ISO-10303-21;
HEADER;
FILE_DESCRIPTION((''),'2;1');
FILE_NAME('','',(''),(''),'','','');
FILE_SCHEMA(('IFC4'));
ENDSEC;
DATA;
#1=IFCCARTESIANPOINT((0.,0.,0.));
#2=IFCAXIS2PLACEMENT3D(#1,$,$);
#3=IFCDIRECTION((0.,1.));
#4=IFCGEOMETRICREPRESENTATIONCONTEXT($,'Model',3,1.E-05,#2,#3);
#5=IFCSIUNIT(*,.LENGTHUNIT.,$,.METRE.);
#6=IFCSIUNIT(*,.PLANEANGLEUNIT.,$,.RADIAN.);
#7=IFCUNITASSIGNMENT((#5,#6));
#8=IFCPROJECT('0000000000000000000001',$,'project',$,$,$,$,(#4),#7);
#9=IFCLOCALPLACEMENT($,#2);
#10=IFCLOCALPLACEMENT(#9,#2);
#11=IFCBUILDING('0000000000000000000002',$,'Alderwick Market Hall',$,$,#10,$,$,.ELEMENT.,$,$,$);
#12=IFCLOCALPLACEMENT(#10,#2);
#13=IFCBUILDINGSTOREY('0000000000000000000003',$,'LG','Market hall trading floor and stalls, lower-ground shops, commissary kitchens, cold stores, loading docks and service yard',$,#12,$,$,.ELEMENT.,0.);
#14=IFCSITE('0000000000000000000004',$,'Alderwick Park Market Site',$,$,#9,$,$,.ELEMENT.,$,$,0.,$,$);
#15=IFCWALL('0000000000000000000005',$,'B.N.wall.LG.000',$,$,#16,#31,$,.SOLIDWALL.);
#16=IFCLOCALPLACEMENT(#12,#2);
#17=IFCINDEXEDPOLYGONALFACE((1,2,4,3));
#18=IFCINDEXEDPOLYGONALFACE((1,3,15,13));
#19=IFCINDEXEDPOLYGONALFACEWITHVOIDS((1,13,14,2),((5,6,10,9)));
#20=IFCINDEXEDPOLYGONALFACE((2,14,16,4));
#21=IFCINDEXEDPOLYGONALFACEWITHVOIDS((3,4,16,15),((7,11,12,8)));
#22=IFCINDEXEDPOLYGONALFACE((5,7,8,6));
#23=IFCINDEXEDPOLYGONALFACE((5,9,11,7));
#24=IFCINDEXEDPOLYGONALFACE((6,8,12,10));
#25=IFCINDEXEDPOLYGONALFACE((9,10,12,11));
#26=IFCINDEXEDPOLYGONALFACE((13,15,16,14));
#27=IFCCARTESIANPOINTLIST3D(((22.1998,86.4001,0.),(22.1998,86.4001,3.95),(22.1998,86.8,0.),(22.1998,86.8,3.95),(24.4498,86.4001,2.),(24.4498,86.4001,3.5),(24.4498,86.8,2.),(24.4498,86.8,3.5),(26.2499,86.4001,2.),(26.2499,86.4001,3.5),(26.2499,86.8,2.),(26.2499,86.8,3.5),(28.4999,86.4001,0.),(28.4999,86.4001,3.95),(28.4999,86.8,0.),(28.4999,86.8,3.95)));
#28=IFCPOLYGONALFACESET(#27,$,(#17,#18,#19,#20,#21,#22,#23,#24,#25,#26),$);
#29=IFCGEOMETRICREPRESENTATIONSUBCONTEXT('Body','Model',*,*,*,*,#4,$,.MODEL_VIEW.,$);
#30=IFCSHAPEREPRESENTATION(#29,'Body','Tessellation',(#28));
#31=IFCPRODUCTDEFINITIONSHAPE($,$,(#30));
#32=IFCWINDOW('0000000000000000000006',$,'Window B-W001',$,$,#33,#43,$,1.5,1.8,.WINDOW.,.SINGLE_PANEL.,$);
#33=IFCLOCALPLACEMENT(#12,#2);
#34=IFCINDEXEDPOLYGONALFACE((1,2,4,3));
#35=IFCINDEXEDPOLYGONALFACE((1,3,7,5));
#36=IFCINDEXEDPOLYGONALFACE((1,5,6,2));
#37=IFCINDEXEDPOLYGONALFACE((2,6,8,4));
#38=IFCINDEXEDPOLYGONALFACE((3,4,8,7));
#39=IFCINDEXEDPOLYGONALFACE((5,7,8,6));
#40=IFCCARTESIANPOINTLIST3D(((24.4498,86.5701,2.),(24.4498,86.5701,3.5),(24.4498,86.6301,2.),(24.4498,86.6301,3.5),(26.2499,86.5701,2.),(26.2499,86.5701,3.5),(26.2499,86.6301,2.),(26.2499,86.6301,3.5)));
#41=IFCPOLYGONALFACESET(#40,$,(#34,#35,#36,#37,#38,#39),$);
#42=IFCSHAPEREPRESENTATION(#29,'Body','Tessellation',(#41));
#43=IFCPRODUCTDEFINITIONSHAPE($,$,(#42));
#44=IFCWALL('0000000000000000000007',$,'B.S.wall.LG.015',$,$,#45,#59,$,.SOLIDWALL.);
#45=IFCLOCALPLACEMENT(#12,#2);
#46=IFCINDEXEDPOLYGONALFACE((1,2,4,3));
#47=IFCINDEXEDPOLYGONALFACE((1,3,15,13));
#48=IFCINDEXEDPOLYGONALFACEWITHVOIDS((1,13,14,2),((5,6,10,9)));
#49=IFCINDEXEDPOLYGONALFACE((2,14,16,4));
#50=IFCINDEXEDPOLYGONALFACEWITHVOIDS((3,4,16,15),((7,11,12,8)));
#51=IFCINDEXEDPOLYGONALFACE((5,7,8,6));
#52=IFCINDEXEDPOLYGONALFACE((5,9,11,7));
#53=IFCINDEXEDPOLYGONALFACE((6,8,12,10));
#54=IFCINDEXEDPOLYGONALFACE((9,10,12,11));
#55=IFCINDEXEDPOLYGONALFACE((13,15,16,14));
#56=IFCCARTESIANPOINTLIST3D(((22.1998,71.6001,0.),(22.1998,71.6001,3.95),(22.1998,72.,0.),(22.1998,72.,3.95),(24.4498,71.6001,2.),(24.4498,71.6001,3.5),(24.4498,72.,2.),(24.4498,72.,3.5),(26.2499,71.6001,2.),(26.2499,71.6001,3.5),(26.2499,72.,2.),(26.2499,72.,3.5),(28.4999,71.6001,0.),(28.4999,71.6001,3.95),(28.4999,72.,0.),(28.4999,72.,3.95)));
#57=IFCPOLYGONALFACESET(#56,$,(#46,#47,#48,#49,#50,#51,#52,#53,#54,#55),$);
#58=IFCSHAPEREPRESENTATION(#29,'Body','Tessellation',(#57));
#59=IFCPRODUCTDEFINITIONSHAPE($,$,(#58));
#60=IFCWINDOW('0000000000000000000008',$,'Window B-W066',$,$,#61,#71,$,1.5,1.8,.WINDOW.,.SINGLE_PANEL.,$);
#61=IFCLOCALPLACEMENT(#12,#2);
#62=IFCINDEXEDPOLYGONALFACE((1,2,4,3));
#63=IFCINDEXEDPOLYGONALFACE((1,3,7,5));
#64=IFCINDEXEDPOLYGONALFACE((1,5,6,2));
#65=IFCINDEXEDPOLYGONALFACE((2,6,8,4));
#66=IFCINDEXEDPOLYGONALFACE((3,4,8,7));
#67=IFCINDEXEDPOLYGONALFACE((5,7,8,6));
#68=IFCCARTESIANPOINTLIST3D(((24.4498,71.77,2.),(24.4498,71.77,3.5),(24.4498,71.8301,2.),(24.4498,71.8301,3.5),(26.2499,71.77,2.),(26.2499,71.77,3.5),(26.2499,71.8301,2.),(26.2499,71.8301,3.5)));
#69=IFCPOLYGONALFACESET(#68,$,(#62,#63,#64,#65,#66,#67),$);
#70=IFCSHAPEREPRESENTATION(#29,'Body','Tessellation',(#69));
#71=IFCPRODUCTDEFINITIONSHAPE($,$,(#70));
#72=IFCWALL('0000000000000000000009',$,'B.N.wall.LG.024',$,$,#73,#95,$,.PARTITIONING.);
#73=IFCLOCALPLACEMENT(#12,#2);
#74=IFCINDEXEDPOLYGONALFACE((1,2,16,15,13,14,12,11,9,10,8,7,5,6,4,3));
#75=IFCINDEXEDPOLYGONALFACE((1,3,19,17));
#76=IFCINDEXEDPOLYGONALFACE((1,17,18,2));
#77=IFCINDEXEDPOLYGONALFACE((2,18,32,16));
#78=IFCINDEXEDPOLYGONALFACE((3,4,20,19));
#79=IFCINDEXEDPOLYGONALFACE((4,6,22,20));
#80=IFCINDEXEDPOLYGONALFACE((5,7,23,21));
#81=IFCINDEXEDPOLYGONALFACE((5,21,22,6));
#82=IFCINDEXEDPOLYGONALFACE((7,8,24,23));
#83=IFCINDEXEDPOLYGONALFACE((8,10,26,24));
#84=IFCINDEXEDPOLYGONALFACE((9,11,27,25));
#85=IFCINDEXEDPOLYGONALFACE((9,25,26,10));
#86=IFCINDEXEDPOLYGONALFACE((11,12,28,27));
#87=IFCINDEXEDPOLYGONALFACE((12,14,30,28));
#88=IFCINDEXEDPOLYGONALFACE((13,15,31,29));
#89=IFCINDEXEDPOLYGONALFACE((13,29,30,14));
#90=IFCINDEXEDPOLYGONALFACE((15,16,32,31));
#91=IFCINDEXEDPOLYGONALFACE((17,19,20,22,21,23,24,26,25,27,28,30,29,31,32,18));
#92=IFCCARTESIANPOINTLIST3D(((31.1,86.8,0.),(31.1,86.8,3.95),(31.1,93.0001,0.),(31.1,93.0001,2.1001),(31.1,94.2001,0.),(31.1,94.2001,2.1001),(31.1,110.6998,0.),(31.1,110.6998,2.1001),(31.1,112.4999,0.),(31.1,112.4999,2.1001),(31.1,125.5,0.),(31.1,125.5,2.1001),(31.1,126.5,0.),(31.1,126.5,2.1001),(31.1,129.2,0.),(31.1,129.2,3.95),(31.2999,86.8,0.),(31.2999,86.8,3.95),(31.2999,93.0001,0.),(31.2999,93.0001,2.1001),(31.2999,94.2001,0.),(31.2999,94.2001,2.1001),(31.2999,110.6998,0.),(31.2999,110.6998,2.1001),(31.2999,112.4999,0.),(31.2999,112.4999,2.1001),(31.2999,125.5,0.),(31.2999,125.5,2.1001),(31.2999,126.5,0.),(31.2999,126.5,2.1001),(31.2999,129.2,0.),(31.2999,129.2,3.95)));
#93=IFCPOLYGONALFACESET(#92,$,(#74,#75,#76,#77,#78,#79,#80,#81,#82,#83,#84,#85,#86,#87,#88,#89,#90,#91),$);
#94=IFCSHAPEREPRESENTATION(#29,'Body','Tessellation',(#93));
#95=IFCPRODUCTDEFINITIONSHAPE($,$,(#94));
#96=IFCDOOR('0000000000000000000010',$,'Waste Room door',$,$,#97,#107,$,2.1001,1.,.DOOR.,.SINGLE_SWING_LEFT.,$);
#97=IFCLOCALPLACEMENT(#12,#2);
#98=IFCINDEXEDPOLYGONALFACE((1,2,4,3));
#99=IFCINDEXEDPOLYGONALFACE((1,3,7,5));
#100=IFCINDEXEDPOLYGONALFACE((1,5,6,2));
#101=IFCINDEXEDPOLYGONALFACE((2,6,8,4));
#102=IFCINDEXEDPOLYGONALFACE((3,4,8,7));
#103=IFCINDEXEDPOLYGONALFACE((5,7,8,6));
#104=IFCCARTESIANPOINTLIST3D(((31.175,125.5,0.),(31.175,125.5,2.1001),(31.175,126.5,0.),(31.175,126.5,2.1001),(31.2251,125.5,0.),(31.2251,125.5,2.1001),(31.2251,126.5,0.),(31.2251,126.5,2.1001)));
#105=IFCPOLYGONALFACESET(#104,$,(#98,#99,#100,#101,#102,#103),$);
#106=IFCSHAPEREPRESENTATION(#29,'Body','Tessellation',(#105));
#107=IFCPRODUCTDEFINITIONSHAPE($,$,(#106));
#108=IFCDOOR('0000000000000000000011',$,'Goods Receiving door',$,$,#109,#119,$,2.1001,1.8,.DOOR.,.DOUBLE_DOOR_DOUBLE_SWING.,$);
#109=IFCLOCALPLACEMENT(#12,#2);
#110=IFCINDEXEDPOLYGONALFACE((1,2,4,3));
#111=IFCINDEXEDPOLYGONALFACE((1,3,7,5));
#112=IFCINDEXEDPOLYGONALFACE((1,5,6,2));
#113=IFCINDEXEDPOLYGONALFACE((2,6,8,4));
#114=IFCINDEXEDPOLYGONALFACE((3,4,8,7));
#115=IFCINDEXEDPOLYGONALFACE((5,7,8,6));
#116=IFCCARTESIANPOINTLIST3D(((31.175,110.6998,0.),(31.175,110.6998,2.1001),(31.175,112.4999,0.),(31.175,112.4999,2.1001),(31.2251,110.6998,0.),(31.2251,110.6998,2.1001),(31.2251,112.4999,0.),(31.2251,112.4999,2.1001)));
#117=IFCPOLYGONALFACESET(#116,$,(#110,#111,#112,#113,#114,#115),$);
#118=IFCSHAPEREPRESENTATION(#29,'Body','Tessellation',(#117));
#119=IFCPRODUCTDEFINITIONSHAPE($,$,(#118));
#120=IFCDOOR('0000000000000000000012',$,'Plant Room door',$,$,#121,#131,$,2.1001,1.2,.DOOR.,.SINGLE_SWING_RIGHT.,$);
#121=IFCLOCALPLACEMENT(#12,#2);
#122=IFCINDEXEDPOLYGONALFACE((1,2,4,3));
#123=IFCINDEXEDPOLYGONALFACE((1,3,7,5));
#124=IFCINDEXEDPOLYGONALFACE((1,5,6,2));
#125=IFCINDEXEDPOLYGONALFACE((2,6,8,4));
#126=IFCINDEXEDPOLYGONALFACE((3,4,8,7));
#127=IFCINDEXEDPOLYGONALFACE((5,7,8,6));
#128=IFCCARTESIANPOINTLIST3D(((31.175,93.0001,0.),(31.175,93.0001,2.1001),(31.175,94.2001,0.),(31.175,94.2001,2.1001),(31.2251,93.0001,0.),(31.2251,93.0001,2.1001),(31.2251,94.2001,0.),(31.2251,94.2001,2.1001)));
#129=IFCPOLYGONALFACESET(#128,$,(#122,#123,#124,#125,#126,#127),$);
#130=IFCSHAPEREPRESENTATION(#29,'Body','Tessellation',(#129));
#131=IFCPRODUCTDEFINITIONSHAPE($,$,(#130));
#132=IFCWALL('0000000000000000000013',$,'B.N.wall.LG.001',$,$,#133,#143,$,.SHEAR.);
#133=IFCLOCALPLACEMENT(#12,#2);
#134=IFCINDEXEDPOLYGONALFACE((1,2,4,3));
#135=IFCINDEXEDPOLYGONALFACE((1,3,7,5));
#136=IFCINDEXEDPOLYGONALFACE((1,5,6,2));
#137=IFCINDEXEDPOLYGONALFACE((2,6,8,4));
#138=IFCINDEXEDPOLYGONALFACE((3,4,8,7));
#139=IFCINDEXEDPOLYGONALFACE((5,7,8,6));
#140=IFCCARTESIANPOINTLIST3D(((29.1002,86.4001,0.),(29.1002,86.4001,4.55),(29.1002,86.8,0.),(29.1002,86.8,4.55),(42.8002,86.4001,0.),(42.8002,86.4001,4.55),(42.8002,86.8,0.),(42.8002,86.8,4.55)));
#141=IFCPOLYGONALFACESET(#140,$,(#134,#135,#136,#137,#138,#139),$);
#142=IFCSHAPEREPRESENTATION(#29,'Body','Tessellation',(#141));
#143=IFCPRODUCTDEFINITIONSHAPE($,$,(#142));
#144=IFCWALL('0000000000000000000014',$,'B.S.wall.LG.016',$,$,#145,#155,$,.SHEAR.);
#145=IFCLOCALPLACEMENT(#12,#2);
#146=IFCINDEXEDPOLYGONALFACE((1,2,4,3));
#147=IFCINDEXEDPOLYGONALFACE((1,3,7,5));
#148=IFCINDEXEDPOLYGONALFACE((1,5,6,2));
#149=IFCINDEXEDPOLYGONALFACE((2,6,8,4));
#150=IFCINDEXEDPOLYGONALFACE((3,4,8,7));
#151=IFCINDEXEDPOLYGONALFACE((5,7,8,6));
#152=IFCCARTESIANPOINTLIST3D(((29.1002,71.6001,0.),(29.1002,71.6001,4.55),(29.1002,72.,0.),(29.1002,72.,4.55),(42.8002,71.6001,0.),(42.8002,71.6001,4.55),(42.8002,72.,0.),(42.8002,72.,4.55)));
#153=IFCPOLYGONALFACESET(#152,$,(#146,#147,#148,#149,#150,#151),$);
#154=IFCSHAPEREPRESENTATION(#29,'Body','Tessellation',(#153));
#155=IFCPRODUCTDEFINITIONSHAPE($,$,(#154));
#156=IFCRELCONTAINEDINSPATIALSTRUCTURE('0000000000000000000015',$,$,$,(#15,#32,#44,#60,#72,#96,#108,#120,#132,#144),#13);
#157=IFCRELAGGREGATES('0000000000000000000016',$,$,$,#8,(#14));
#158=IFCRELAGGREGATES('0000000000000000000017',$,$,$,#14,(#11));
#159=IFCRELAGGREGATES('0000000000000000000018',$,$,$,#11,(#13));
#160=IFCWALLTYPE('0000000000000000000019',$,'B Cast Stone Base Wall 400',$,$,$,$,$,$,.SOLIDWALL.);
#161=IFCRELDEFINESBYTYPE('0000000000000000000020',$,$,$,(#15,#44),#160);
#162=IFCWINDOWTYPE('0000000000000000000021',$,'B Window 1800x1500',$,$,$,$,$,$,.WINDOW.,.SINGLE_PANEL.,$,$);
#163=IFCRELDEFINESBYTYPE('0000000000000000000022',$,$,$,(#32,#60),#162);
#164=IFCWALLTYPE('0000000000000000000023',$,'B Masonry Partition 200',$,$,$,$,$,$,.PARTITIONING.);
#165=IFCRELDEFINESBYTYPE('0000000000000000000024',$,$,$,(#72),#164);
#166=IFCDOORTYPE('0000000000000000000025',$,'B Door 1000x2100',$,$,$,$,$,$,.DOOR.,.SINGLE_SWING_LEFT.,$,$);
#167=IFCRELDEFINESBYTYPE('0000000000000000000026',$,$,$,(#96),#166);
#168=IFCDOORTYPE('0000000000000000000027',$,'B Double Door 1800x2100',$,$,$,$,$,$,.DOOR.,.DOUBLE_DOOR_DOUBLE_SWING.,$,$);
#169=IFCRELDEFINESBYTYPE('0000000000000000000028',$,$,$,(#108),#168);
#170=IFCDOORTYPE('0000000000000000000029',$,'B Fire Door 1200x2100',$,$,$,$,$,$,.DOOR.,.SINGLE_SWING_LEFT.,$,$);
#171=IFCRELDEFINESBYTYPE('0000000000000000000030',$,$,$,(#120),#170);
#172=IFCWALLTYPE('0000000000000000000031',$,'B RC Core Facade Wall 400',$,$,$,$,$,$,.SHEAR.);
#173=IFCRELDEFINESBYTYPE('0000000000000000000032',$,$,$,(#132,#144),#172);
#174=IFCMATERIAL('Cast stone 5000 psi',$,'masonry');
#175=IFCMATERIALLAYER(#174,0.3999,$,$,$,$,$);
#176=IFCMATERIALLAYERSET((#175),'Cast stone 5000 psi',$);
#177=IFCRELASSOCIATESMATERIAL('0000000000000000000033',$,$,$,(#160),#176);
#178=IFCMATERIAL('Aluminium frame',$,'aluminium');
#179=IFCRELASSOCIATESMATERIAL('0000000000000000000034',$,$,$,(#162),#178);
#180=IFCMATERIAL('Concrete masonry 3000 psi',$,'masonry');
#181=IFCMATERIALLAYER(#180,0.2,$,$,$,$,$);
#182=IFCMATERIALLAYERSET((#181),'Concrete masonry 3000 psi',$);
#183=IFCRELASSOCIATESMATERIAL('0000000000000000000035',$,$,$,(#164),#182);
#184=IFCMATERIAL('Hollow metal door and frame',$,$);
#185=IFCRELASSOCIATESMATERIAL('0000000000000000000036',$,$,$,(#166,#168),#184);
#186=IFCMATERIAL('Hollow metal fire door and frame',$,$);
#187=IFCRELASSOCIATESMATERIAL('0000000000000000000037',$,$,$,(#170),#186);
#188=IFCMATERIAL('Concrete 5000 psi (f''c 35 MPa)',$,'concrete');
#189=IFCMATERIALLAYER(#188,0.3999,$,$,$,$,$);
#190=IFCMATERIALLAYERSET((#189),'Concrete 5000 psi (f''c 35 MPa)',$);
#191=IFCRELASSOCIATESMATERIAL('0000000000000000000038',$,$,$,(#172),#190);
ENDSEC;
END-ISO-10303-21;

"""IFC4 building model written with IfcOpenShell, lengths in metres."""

from ifc_helpers import new_model, si_unit, direction, frame, frame_2d, origin, place, context, subcontext, project, spatial, rectangle, extrude, material, layer, layer_set, type_object, element, fill, save


model = new_model("IFC4")

# Units and contexts
model_context = context("Model", 3, precision=1e-05, world=origin(), true_north=direction((0.0, 1.0)))
body_context = subcontext(model_context, "Body", "Model", "MODEL_VIEW")
ifc_project = project(units=[si_unit("LENGTHUNIT", "METRE"), si_unit("PLANEANGLEUNIT", "RADIAN")], contexts=[model_context])

# Site, building, storey
site_placement = place(None, origin())
site = spatial("IfcSite", under=ifc_project, at=site_placement, Name="Alderwick Park Market Site", CompositionType="ELEMENT", RefElevation=0.0)
building_placement = place(site_placement, origin())
building = spatial("IfcBuilding", under=site, at=building_placement, Name="Alderwick Market Hall", CompositionType="ELEMENT")
storey_placement = place(building_placement, origin())
storey = spatial("IfcBuildingStorey", under=building, at=storey_placement, Name="LG", Description="Market hall trading floor and stalls, lower-ground shops, commissary kitchens, cold stores, loading docks and service yard", CompositionType="ELEMENT", Elevation=0.0)

# Shared definitions
ifc_material_1 = material(Name="Concrete 5000 psi (f'c 35 MPa)", Category="concrete")

# Shared definitions
ifc_material_2 = material(Name="Cast stone 5000 psi", Category="masonry")

# Walls, openings, windows
ifc_layer_1 = layer(ifc_material_2, 0.3999)
ifc_layer_set_1 = layer_set([ifc_layer_1], Name="Cast stone 5000 psi")
wall_type_1 = type_object("IfcWallType", Name="B Cast Stone Base Wall 400", PredefinedType="SOLIDWALL", material=ifc_layer_set_1)
wall_1_placement = place(storey_placement, frame((22.2, 86.6001, 0.0), z_axis=(0.0, 0.0, 1.0), x_axis=(1.0, 0.0, 0.0)))
wall_1 = element("IfcWall", 1, at=wall_1_placement, inside=storey, type_object=wall_type_1, Name="B.N.wall.LG.000", PredefinedType="SOLIDWALL", context=body_context, shape_type="SweptSolid", body=[
    extrude(rectangle(XDim=6.3, YDim=0.3999, at=frame_2d((3.1499, 0.0))), origin(), (0.0, 0.0, 1.0), 3.95),
])
opening_1_placement = place(wall_1_placement, frame((2.25, 0.0, 2.0)))
opening_1 = element("IfcOpeningElement", 2, at=opening_1_placement, cuts=wall_1, PredefinedType="OPENING", context=body_context, shape_type="SweptSolid", body=[
    extrude(rectangle(XDim=1.8, YDim=1.5, at=frame_2d((0.8999, 0.75))), frame((0.0, 0.21, 0.0), z_axis=(0.0, -1.0, 0.0), x_axis=(1.0, 0.0, 0.0)), (0.0, 0.0, 1.0), 0.4199),
])
ifc_material_3 = material(Name="Aluminium frame", Category="aluminium")
window_type = type_object("IfcWindowType", Name="B Window 1800x1500", PartitioningType="SINGLE_PANEL", PredefinedType="WINDOW", material=ifc_material_3)
window_1_placement = place(opening_1_placement, origin())
window_1 = element("IfcWindow", 3, at=window_1_placement, inside=storey, type_object=window_type, Name="Window B-W001", OverallHeight=1.5, OverallWidth=1.8, PartitioningType="SINGLE_PANEL", PredefinedType="WINDOW", context=body_context, shape_type="SweptSolid", body=[
    extrude(rectangle(XDim=1.8, YDim=1.5, at=frame_2d((0.8999, 0.75))), frame((0.0, 0.03, 0.0), z_axis=(0.0, -1.0, 0.0), x_axis=(1.0, 0.0, 0.0)), (0.0, 0.0, 1.0), 0.0601),
])
fill(opening_1, window_1)
wall_2_placement = place(storey_placement, frame((22.2, 71.8, 0.0), z_axis=(0.0, 0.0, 1.0), x_axis=(1.0, 0.0, 0.0)))
wall_2 = element("IfcWall", 4, at=wall_2_placement, inside=storey, type_object=wall_type_1, Name="B.S.wall.LG.015", PredefinedType="SOLIDWALL", context=body_context, shape_type="SweptSolid", body=[
    extrude(rectangle(XDim=6.3, YDim=0.3999, at=frame_2d((3.1499, 0.0))), origin(), (0.0, 0.0, 1.0), 3.95),
])
opening_2_placement = place(wall_2_placement, frame((2.25, 0.0, 2.0)))
opening_2 = element("IfcOpeningElement", 5, at=opening_2_placement, cuts=wall_2, PredefinedType="OPENING", context=body_context, shape_type="SweptSolid", body=[
    extrude(rectangle(XDim=1.8, YDim=1.5, at=frame_2d((0.8999, 0.75))), frame((0.0, 0.21, 0.0), z_axis=(0.0, -1.0, 0.0), x_axis=(1.0, 0.0, 0.0)), (0.0, 0.0, 1.0), 0.4199),
])
window_2_placement = place(opening_2_placement, origin())
window_2 = element("IfcWindow", 6, at=window_2_placement, inside=storey, type_object=window_type, Name="Window B-W066", OverallHeight=1.5, OverallWidth=1.8, PartitioningType="SINGLE_PANEL", PredefinedType="WINDOW", context=body_context, shape_type="SweptSolid", body=[
    extrude(rectangle(XDim=1.8, YDim=1.5, at=frame_2d((0.8999, 0.75))), frame((0.0, 0.03, 0.0), z_axis=(0.0, -1.0, 0.0), x_axis=(1.0, 0.0, 0.0)), (0.0, 0.0, 1.0), 0.0601),
])
fill(opening_2, window_2)

# Wall, openings, doors
ifc_material_4 = material(Name="Concrete masonry 3000 psi", Category="masonry")
ifc_layer_2 = layer(ifc_material_4, 0.2)
ifc_layer_set_2 = layer_set([ifc_layer_2], Name="Concrete masonry 3000 psi")
wall_type_2 = type_object("IfcWallType", Name="B Masonry Partition 200", PredefinedType="PARTITIONING", material=ifc_layer_set_2)
wall_3_placement = place(storey_placement, frame((31.2, 86.8, 0.0), z_axis=(0.0, 0.0, 1.0), x_axis=(0.0, 1.0, 0.0)))
wall_3 = element("IfcWall", 7, at=wall_3_placement, inside=storey, type_object=wall_type_2, Name="B.N.wall.LG.024", PredefinedType="PARTITIONING", context=body_context, shape_type="SweptSolid", body=[
    extrude(rectangle(XDim=42.3999, YDim=0.2, at=frame_2d((21.2, 0.0))), origin(), (0.0, 0.0, 1.0), 3.95),
])
opening_3_placement = place(wall_3_placement, frame((38.7, 0.0, 0.0)))
opening_3 = element("IfcOpeningElement", 8, at=opening_3_placement, cuts=wall_3, PredefinedType="OPENING", context=body_context, shape_type="SweptSolid", body=[
    extrude(rectangle(XDim=1.0, YDim=2.1001, at=frame_2d((0.5, 1.05))), frame((0.0, 0.1099, 0.0), z_axis=(0.0, -1.0, 0.0), x_axis=(1.0, 0.0, 0.0)), (0.0, 0.0, 1.0), 0.22),
])
opening_4_placement = place(wall_3_placement, frame((23.8999, 0.0, 0.0)))
opening_4 = element("IfcOpeningElement", 9, at=opening_4_placement, cuts=wall_3, PredefinedType="OPENING", context=body_context, shape_type="SweptSolid", body=[
    extrude(rectangle(XDim=1.8, YDim=2.1001, at=frame_2d((0.8999, 1.05))), frame((0.0, 0.1099, 0.0), z_axis=(0.0, -1.0, 0.0), x_axis=(1.0, 0.0, 0.0)), (0.0, 0.0, 1.0), 0.22),
])
opening_5_placement = place(wall_3_placement, frame((6.2, 0.0, 0.0)))
opening_5 = element("IfcOpeningElement", 10, at=opening_5_placement, cuts=wall_3, PredefinedType="OPENING", context=body_context, shape_type="SweptSolid", body=[
    extrude(rectangle(XDim=1.2, YDim=2.1001, at=frame_2d((0.6001, 1.05))), frame((0.0, 0.1099, 0.0), z_axis=(0.0, -1.0, 0.0), x_axis=(1.0, 0.0, 0.0)), (0.0, 0.0, 1.0), 0.22),
])
ifc_material_5 = material(Name="Hollow metal door and frame")
door_type_1 = type_object("IfcDoorType", Name="B Door 1000x2100", OperationType="SINGLE_SWING_LEFT", PredefinedType="DOOR", material=ifc_material_5)
door_1_placement = place(opening_3_placement, origin())
door_1 = element("IfcDoor", 11, at=door_1_placement, inside=storey, type_object=door_type_1, Name="Waste Room door", OperationType="SINGLE_SWING_LEFT", OverallHeight=2.1001, OverallWidth=1.0, PredefinedType="DOOR", context=body_context, shape_type="SweptSolid", body=[
    extrude(rectangle(XDim=1.0, YDim=2.1001, at=frame_2d((0.5, 1.05))), frame((0.0, 0.0249, 0.0), z_axis=(0.0, -1.0, 0.0), x_axis=(1.0, 0.0, 0.0)), (0.0, 0.0, 1.0), 0.05),
])
fill(opening_3, door_1)
door_type_2 = type_object("IfcDoorType", Name="B Double Door 1800x2100", OperationType="DOUBLE_DOOR_DOUBLE_SWING", PredefinedType="DOOR", material=ifc_material_5)
door_2_placement = place(opening_4_placement, origin())
door_2 = element("IfcDoor", 12, at=door_2_placement, inside=storey, type_object=door_type_2, Name="Goods Receiving door", OperationType="DOUBLE_DOOR_DOUBLE_SWING", OverallHeight=2.1001, OverallWidth=1.8, PredefinedType="DOOR", context=body_context, shape_type="SweptSolid", body=[
    extrude(rectangle(XDim=1.8, YDim=2.1001, at=frame_2d((0.8999, 1.05))), frame((0.0, 0.0249, 0.0), z_axis=(0.0, -1.0, 0.0), x_axis=(1.0, 0.0, 0.0)), (0.0, 0.0, 1.0), 0.05),
])
fill(opening_4, door_2)
ifc_material_6 = material(Name="Hollow metal fire door and frame")
door_type_3 = type_object("IfcDoorType", Name="B Fire Door 1200x2100", OperationType="SINGLE_SWING_LEFT", PredefinedType="DOOR", material=ifc_material_6)
door_3_placement = place(opening_5_placement, origin())
door_3 = element("IfcDoor", 13, at=door_3_placement, inside=storey, type_object=door_type_3, Name="Plant Room door", OperationType="SINGLE_SWING_RIGHT", OverallHeight=2.1001, OverallWidth=1.2, PredefinedType="DOOR", context=body_context, shape_type="SweptSolid", body=[
    extrude(rectangle(XDim=1.2, YDim=2.1001, at=frame_2d((0.6001, 1.05))), frame((0.0, 0.0249, 0.0), z_axis=(0.0, -1.0, 0.0), x_axis=(1.0, 0.0, 0.0)), (0.0, 0.0, 1.0), 0.05),
])
fill(opening_5, door_3)

# Walls
ifc_layer_3 = layer(ifc_material_1, 0.3999)
ifc_layer_set_3 = layer_set([ifc_layer_3], Name="Concrete 5000 psi (f'c 35 MPa)")
wall_type_3 = type_object("IfcWallType", Name="B RC Core Facade Wall 400", PredefinedType="SHEAR", material=ifc_layer_set_3)
for number, where, z_axis, x_axis, name in (
    (14, (29.1001, 86.6001, 0.0), (0.0, 0.0, 1.0), (1.0, 0.0, 0.0), "B.N.wall.LG.001"),
    (15, (29.1001, 71.8, 0.0), (0.0, 0.0, 1.0), (1.0, 0.0, 0.0), "B.S.wall.LG.016"),
):
    element("IfcWall", number, at=place(storey_placement, frame(where, z_axis=z_axis, x_axis=x_axis)), inside=storey, type_object=wall_type_3, Name=name, PredefinedType="SHEAR", context=body_context, shape_type="SweptSolid", body=[
        extrude(rectangle(XDim=13.7, YDim=0.3999, at=frame_2d((6.8501, 0.0))), origin(), (0.0, 0.0, 1.0), 4.55),
    ])

save(model, "model.ifc")
